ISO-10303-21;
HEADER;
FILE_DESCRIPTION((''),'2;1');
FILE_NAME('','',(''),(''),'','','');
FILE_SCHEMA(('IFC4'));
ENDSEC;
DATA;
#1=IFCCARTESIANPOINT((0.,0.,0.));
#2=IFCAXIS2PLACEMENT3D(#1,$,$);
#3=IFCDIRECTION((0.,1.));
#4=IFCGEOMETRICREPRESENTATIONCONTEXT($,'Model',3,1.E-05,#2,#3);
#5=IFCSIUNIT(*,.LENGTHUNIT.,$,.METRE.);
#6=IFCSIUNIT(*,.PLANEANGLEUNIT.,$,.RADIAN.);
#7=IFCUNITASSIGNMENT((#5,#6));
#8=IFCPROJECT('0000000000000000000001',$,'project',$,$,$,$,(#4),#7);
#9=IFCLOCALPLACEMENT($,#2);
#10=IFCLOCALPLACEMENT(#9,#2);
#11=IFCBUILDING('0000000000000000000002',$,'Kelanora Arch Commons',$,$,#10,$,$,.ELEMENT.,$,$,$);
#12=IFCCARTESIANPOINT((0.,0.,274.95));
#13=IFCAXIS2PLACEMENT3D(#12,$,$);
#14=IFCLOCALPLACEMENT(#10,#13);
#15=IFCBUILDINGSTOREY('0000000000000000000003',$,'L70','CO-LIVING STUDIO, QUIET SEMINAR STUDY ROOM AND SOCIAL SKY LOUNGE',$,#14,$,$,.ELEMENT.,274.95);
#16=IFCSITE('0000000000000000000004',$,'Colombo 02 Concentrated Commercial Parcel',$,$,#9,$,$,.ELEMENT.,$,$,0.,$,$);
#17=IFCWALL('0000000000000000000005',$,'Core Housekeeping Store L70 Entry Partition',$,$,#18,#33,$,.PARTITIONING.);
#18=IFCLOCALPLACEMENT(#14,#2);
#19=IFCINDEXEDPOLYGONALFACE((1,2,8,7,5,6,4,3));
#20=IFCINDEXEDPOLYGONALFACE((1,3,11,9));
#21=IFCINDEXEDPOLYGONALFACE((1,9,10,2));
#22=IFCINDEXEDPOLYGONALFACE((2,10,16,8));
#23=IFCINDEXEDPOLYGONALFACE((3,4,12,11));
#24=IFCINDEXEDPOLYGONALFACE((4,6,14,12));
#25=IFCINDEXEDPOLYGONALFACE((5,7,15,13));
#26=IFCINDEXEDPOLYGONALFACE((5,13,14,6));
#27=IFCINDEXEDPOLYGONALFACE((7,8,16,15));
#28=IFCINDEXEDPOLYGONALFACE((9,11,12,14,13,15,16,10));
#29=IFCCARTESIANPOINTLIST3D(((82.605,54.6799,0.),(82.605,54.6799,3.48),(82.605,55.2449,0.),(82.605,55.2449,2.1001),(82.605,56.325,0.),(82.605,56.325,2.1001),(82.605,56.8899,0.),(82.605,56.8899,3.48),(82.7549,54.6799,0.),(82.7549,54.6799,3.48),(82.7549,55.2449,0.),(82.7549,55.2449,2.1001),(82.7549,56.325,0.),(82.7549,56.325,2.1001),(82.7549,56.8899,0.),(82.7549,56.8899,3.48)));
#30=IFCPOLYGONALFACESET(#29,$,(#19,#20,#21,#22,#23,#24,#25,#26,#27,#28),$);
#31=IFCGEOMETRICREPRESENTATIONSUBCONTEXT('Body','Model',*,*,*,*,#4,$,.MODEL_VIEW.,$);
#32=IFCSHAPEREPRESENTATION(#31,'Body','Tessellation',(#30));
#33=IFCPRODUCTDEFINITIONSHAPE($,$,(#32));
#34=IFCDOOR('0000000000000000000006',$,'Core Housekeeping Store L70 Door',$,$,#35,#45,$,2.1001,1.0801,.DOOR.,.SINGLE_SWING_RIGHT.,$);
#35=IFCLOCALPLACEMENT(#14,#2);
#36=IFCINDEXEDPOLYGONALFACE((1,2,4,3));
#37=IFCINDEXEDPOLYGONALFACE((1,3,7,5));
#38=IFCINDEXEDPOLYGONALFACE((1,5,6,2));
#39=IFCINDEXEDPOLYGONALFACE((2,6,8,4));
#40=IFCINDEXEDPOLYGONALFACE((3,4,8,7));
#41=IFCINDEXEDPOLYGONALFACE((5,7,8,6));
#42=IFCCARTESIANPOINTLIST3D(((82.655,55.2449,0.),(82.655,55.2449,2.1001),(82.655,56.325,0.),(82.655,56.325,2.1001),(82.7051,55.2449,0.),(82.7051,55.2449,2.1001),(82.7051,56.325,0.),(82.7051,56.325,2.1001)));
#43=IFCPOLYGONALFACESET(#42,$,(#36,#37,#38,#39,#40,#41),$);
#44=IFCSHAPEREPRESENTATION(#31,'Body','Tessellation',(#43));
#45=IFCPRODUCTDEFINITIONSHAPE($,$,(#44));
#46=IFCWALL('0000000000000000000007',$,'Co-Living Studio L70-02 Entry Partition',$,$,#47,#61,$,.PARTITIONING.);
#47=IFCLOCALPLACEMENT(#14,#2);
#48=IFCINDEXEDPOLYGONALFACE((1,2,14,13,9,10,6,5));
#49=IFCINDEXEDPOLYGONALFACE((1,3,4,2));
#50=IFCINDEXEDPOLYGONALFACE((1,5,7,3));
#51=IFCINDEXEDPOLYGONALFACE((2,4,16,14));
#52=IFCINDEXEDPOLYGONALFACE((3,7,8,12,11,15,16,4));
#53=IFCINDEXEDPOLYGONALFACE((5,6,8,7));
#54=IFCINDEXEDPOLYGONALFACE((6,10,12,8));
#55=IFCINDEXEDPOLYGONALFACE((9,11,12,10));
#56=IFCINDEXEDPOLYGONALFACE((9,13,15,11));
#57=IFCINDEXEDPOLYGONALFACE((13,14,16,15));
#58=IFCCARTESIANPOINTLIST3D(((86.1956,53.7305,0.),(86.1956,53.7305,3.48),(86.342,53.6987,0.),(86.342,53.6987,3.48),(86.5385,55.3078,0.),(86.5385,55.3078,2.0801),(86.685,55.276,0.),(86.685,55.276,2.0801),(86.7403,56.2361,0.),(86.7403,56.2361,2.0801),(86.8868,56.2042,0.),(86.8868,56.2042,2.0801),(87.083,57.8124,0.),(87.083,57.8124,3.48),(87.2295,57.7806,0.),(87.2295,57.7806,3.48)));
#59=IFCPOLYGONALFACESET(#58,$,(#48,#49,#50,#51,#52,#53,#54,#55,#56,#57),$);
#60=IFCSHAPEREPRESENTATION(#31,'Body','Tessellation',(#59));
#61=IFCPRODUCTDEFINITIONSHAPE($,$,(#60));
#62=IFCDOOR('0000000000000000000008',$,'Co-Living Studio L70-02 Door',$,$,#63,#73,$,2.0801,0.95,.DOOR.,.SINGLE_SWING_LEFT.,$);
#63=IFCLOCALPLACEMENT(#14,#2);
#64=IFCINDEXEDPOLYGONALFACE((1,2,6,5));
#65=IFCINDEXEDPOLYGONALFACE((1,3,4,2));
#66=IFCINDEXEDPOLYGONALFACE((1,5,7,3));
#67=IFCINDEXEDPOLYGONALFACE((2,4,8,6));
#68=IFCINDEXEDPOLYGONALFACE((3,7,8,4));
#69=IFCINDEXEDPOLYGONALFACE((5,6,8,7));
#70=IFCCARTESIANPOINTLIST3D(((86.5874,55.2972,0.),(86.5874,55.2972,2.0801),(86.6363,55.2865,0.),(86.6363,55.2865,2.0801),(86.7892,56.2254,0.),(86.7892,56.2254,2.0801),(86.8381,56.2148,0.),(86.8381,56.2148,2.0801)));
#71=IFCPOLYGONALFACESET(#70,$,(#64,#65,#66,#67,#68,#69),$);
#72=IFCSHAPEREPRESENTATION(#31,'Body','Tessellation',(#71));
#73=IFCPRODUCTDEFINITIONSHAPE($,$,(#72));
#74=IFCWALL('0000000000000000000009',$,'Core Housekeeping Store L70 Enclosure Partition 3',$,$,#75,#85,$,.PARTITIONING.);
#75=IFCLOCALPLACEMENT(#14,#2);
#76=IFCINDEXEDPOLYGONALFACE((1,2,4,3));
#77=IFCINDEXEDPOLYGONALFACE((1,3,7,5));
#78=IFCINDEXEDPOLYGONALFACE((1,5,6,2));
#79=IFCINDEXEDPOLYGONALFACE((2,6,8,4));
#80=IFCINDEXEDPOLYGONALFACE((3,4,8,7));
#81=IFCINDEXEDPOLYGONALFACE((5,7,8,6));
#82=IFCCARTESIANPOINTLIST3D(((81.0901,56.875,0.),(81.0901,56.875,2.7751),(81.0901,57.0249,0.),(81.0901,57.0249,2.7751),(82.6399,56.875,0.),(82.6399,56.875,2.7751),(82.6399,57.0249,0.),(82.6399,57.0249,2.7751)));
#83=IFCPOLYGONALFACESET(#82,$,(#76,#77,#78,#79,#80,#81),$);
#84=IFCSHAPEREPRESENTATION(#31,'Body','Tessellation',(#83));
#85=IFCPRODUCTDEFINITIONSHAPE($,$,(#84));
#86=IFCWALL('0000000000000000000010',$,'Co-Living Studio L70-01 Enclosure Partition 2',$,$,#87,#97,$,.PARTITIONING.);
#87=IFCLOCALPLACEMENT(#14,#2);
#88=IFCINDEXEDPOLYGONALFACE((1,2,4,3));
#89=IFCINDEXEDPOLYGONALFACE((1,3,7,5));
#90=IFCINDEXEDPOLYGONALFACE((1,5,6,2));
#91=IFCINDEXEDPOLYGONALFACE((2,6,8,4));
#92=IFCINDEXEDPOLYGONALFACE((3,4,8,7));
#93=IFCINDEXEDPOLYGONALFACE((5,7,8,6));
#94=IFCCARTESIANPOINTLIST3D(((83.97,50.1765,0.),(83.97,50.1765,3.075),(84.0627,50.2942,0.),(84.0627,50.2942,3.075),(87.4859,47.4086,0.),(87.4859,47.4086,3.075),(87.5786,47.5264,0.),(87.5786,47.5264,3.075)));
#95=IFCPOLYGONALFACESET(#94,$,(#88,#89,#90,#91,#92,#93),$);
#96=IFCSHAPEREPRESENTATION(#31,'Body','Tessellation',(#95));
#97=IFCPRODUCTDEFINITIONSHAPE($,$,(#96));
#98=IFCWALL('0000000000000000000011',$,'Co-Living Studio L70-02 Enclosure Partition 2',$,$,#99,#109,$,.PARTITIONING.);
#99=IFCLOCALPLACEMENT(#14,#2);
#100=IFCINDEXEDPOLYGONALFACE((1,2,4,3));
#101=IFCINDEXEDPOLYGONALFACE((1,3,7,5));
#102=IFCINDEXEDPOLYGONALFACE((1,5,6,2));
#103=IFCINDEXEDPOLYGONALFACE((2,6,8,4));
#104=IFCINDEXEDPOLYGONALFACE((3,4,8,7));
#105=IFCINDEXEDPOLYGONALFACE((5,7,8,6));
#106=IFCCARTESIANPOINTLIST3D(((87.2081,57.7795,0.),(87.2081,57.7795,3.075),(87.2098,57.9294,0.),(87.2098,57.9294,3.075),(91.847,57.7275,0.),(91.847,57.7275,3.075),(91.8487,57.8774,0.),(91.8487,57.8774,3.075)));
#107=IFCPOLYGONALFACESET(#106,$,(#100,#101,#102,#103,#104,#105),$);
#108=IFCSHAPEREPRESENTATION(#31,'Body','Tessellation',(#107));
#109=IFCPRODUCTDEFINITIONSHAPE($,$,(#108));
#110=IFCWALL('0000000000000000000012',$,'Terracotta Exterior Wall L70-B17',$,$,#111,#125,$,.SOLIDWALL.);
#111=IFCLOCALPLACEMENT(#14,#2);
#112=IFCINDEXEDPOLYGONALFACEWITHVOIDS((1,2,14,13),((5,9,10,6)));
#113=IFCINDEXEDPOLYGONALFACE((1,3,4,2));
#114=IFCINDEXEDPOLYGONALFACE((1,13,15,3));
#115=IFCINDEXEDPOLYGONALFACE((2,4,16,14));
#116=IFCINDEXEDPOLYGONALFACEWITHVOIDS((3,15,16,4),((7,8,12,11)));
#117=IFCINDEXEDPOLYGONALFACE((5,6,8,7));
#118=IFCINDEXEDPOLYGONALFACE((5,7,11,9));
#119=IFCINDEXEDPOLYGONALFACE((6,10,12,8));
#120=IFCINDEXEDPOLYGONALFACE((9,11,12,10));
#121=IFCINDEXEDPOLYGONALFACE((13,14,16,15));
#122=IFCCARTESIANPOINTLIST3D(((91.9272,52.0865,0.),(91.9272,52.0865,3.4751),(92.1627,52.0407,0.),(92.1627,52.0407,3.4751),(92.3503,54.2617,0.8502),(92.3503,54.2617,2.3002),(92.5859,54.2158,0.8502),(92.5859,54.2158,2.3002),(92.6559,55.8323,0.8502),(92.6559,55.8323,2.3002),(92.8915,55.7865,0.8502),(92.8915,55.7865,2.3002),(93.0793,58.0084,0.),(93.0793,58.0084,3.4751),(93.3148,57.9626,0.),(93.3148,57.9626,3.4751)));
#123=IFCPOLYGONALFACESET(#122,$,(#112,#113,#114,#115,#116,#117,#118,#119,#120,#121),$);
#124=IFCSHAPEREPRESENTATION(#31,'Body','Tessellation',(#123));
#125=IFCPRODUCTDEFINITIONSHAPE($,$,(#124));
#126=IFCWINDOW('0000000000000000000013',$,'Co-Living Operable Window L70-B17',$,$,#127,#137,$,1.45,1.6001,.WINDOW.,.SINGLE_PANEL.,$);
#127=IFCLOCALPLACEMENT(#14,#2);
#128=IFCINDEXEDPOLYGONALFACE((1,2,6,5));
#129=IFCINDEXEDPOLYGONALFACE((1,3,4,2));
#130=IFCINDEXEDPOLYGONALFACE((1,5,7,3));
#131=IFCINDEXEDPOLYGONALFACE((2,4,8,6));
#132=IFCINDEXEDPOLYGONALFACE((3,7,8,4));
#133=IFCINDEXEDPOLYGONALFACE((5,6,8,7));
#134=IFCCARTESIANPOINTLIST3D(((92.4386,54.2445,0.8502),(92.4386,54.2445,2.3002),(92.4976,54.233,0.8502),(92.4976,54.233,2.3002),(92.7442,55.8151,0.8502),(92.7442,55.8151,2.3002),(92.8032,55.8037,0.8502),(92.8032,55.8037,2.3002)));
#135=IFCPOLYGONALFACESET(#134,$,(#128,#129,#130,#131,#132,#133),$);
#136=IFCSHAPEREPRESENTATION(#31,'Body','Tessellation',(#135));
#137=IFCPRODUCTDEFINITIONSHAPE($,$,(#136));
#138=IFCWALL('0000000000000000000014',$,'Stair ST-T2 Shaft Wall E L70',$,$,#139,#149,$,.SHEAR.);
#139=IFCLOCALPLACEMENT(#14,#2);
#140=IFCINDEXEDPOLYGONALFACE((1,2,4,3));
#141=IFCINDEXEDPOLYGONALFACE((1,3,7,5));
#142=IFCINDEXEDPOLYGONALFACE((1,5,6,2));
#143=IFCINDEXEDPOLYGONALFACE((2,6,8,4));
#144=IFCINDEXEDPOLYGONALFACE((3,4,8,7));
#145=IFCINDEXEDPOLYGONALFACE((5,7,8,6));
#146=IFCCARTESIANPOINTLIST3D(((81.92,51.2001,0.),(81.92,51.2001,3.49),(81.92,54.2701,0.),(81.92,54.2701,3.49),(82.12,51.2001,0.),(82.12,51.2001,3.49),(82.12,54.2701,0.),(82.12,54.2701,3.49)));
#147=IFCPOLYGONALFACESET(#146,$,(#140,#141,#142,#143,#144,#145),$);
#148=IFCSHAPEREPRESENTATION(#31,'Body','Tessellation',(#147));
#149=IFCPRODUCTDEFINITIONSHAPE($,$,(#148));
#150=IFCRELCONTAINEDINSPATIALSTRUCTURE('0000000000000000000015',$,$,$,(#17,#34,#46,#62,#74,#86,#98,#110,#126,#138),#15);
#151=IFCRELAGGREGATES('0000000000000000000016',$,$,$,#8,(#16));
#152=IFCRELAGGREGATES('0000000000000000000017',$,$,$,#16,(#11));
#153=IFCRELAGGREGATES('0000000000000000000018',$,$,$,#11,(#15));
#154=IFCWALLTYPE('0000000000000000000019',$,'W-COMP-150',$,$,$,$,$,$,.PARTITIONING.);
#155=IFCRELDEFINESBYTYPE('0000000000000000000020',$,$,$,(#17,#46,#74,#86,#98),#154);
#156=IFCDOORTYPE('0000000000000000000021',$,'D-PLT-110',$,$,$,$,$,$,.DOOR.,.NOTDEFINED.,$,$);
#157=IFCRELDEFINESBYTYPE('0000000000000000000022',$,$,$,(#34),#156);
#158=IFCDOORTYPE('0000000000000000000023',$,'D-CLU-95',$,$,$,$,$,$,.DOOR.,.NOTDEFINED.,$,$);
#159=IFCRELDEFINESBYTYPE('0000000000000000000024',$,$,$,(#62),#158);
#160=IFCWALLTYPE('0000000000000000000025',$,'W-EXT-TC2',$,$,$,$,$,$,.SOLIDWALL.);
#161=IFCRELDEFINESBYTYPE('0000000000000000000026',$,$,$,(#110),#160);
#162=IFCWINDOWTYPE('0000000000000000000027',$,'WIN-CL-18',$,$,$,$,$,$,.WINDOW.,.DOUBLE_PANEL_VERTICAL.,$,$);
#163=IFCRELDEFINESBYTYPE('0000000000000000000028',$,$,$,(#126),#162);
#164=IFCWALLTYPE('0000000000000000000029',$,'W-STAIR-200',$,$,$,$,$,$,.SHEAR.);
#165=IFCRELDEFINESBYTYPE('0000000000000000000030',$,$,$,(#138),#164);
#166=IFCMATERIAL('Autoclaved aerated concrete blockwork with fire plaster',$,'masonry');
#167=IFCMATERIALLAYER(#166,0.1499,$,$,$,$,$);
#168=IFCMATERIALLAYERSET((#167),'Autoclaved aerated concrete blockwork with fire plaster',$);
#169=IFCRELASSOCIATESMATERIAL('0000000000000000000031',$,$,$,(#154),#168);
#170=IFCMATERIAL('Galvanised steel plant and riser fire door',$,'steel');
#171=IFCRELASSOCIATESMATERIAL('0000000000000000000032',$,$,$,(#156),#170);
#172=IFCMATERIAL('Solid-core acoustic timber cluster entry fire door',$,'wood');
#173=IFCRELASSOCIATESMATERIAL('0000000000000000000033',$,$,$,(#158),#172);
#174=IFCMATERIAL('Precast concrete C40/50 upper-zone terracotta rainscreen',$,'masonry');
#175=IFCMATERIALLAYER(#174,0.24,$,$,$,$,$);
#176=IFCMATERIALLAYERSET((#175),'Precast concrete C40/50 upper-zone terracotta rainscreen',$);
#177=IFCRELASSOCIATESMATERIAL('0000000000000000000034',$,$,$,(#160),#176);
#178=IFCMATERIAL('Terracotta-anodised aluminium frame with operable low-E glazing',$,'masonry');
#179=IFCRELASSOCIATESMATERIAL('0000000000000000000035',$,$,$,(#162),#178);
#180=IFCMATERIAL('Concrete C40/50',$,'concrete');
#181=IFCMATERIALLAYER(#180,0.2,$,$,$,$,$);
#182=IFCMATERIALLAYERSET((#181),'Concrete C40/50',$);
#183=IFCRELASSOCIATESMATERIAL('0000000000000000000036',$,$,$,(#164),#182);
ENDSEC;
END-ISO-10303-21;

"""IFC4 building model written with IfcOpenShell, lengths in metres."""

from ifc_helpers import new_model, si_unit, direction, frame, frame_2d, origin, place, context, subcontext, project, spatial, rectangle, extrude, material, layer, layer_set, type_object, element, fill, save


model = new_model("IFC4")

# Units and contexts
model_context = context("Model", 3, precision=1e-05, world=origin(), true_north=direction((0.0, 1.0)))
body_context = subcontext(model_context, "Body", "Model", "MODEL_VIEW")
ifc_project = project(units=[si_unit("LENGTHUNIT", "METRE"), si_unit("PLANEANGLEUNIT", "RADIAN")], contexts=[model_context])

# Site, building, storey
site_placement = place(None, origin())
site = spatial("IfcSite", under=ifc_project, at=site_placement, Name="Colombo 02 Concentrated Commercial Parcel", CompositionType="ELEMENT", RefElevation=0.0)
building_placement = place(site_placement, origin())
building = spatial("IfcBuilding", under=site, at=building_placement, Name="Kelanora Arch Commons", CompositionType="ELEMENT")
storey_placement = place(building_placement, frame((0.0, 0.0, 274.95)))
storey = spatial("IfcBuildingStorey", under=building, at=storey_placement, Name="L70", Description="CO-LIVING STUDIO, QUIET SEMINAR STUDY ROOM AND SOCIAL SKY LOUNGE", CompositionType="ELEMENT", Elevation=274.95)

# Walls, openings, doors
ifc_material_1 = material(Name="Autoclaved aerated concrete blockwork with fire plaster", Category="masonry")
ifc_layer_1 = layer(ifc_material_1, 0.1499)
ifc_layer_set_1 = layer_set([ifc_layer_1], Name="Autoclaved aerated concrete blockwork with fire plaster")
wall_type_1 = type_object("IfcWallType", Name="W-COMP-150", PredefinedType="PARTITIONING", material=ifc_layer_set_1)
wall_1_placement = place(storey_placement, frame((82.6799, 54.6799, 0.0), z_axis=(0.0, 0.0, 1.0), x_axis=(0.0, 1.0, 0.0)))
wall_1 = element("IfcWall", 1, at=wall_1_placement, inside=storey, type_object=wall_type_1, Name="Core Housekeeping Store L70 Entry Partition", PredefinedType="PARTITIONING", context=body_context, shape_type="SweptSolid", body=[
    extrude(rectangle(XDim=2.21, YDim=0.1499, at=frame_2d((1.105, 0.0))), origin(), (0.0, 0.0, 1.0), 3.48),
])
opening_1_placement = place(wall_1_placement, frame((0.5649, 0.0, 0.0)))
opening_1 = element("IfcOpeningElement", 2, at=opening_1_placement, cuts=wall_1, PredefinedType="OPENING", context=body_context, shape_type="SweptSolid", body=[
    extrude(rectangle(XDim=1.0801, YDim=2.1001, at=frame_2d((0.54, 1.05))), frame((0.0, 0.085, 0.0), z_axis=(0.0, -1.0, 0.0), x_axis=(1.0, 0.0, 0.0)), (0.0, 0.0, 1.0), 0.1699),
])
ifc_material_2 = material(Name="Galvanised steel plant and riser fire door", Category="steel")
door_type_1 = type_object("IfcDoorType", Name="D-PLT-110", OperationType="NOTDEFINED", PredefinedType="DOOR", material=ifc_material_2)
door_1_placement = place(opening_1_placement, origin())
door_1 = element("IfcDoor", 3, at=door_1_placement, inside=storey, type_object=door_type_1, Name="Core Housekeeping Store L70 Door", OperationType="SINGLE_SWING_RIGHT", OverallHeight=2.1001, OverallWidth=1.0801, PredefinedType="DOOR", context=body_context, shape_type="SweptSolid", body=[
    extrude(rectangle(XDim=1.0801, YDim=2.1001, at=frame_2d((0.54, 1.05))), frame((0.0, 0.0249, 0.0), z_axis=(0.0, -1.0, 0.0), x_axis=(1.0, 0.0, 0.0)), (0.0, 0.0, 1.0), 0.05),
])
fill(opening_1, door_1)
wall_2_placement = place(storey_placement, frame((86.2688, 53.7146, 0.0), z_axis=(0.0, 0.0, 1.0), x_axis=(0.212454, 0.977171, 0.0)))
wall_2 = element("IfcWall", 4, at=wall_2_placement, inside=storey, type_object=wall_type_1, Name="Co-Living Studio L70-02 Entry Partition", PredefinedType="PARTITIONING", context=body_context, shape_type="SweptSolid", body=[
    extrude(rectangle(XDim=4.1772, YDim=0.1499, at=frame_2d((2.0886, 0.0))), origin(), (0.0, 0.0, 1.0), 3.48),
])
opening_2_placement = place(wall_2_placement, frame((1.614, 0.0, 0.0)))
opening_2 = element("IfcOpeningElement", 5, at=opening_2_placement, cuts=wall_2, PredefinedType="OPENING", context=body_context, shape_type="SweptSolid", body=[
    extrude(rectangle(XDim=0.95, YDim=2.0801, at=frame_2d((0.4751, 1.04))), frame((0.0, 0.085, 0.0), z_axis=(0.0, -1.0, 0.0), x_axis=(1.0, 0.0, 0.0)), (0.0, 0.0, 1.0), 0.1699),
])
ifc_material_3 = material(Name="Solid-core acoustic timber cluster entry fire door", Category="wood")
door_type_2 = type_object("IfcDoorType", Name="D-CLU-95", OperationType="NOTDEFINED", PredefinedType="DOOR", material=ifc_material_3)
door_2_placement = place(opening_2_placement, origin())
door_2 = element("IfcDoor", 6, at=door_2_placement, inside=storey, type_object=door_type_2, Name="Co-Living Studio L70-02 Door", OperationType="SINGLE_SWING_LEFT", OverallHeight=2.0801, OverallWidth=0.95, PredefinedType="DOOR", context=body_context, shape_type="SweptSolid", body=[
    extrude(rectangle(XDim=0.95, YDim=2.0801, at=frame_2d((0.4751, 1.04))), frame((0.0, 0.0249, 0.0), z_axis=(0.0, -1.0, 0.0), x_axis=(1.0, 0.0, 0.0)), (0.0, 0.0, 1.0), 0.05),
])
fill(opening_2, door_2)

# Walls
wall_3_placement = place(storey_placement, frame((82.6399, 56.95, 0.0), z_axis=(0.0, 0.0, 1.0), x_axis=(-1.0, 0.0, 0.0)))
element("IfcWall", 7, at=wall_3_placement, inside=storey, type_object=wall_type_1, Name="Core Housekeeping Store L70 Enclosure Partition 3", PredefinedType="PARTITIONING", context=body_context, shape_type="SweptSolid", body=[
    extrude(rectangle(XDim=1.5498, YDim=0.1499, at=frame_2d((0.7749, 0.0))), origin(), (0.0, 0.0, 1.0), 2.7751),
])
wall_4_placement = place(storey_placement, frame((84.0164, 50.2354, 0.0), z_axis=(0.0, 0.0, 1.0), x_axis=(0.785737, -0.618561, 0.0)))
element("IfcWall", 8, at=wall_4_placement, inside=storey, type_object=wall_type_1, Name="Co-Living Studio L70-01 Enclosure Partition 2", PredefinedType="PARTITIONING", context=body_context, shape_type="SweptSolid", body=[
    extrude(rectangle(XDim=4.4746, YDim=0.1499, at=frame_2d((2.2373, 0.0))), origin(), (0.0, 0.0, 1.0), 3.075),
])
wall_5_placement = place(storey_placement, frame((87.209, 57.8545, 0.0), z_axis=(0.0, 0.0, 1.0), x_axis=(0.999937, -0.011209, 0.0)))
element("IfcWall", 9, at=wall_5_placement, inside=storey, type_object=wall_type_1, Name="Co-Living Studio L70-02 Enclosure Partition 2", PredefinedType="PARTITIONING", context=body_context, shape_type="SweptSolid", body=[
    extrude(rectangle(XDim=4.6392, YDim=0.1499, at=frame_2d((2.3196, 0.0))), origin(), (0.0, 0.0, 1.0), 3.075),
])

# Wall, opening, window
ifc_material_4 = material(Name="Precast concrete C40/50 upper-zone terracotta rainscreen", Category="masonry")
ifc_layer_2 = layer(ifc_material_4, 0.24)
ifc_layer_set_2 = layer_set([ifc_layer_2], Name="Precast concrete C40/50 upper-zone terracotta rainscreen")
wall_type_2 = type_object("IfcWallType", Name="W-EXT-TC2", PredefinedType="SOLIDWALL", material=ifc_layer_set_2)
wall_6_placement = place(storey_placement, frame((92.0449, 52.0635, 0.0), z_axis=(0.0, 0.0, 1.0), x_axis=(0.190969, 0.981596, 0.0)))
wall_6 = element("IfcWall", 10, at=wall_6_placement, inside=storey, type_object=wall_type_2, Name="Terracotta Exterior Wall L70-B17", PredefinedType="SOLIDWALL", context=body_context, shape_type="SweptSolid", body=[
    extrude(rectangle(XDim=6.033, YDim=0.24, at=frame_2d((3.0166, 0.0))), origin(), (0.0, 0.0, 1.0), 3.4751),
])
opening_3_placement = place(wall_6_placement, frame((2.2161, 0.0, 0.8501)))
opening_3 = element("IfcOpeningElement", 11, at=opening_3_placement, cuts=wall_6, PredefinedType="OPENING", context=body_context, shape_type="SweptSolid", body=[
    extrude(rectangle(XDim=1.6001, YDim=1.45, at=frame_2d((0.8, 0.7251))), frame((0.0, 0.1299, 0.0), z_axis=(0.0, -1.0, 0.0), x_axis=(1.0, 0.0, 0.0)), (0.0, 0.0, 1.0), 0.26),
])
ifc_material_5 = material(Name="Terracotta-anodised aluminium frame with operable low-E glazing", Category="masonry")
window_type = type_object("IfcWindowType", Name="WIN-CL-18", PartitioningType="DOUBLE_PANEL_VERTICAL", PredefinedType="WINDOW", material=ifc_material_5)
window_placement = place(opening_3_placement, origin())
window = element("IfcWindow", 12, at=window_placement, inside=storey, type_object=window_type, Name="Co-Living Operable Window L70-B17", OverallHeight=1.45, OverallWidth=1.6001, PartitioningType="SINGLE_PANEL", PredefinedType="WINDOW", context=body_context, shape_type="SweptSolid", body=[
    extrude(rectangle(XDim=1.6001, YDim=1.45, at=frame_2d((0.8, 0.7251))), frame((0.0, 0.03, 0.0), z_axis=(0.0, -1.0, 0.0), x_axis=(1.0, 0.0, 0.0)), (0.0, 0.0, 1.0), 0.0601),
])
fill(opening_3, window)

# Wall
ifc_material_6 = material(Name="Concrete C40/50", Category="concrete")
ifc_layer_3 = layer(ifc_material_6, 0.2)
ifc_layer_set_3 = layer_set([ifc_layer_3], Name="Concrete C40/50")
wall_type_3 = type_object("IfcWallType", Name="W-STAIR-200", PredefinedType="SHEAR", material=ifc_layer_set_3)
wall_7_placement = place(storey_placement, frame((82.02, 51.2, 0.0), z_axis=(0.0, 0.0, 1.0), x_axis=(0.0, 1.0, 0.0)))
element("IfcWall", 13, at=wall_7_placement, inside=storey, type_object=wall_type_3, Name="Stair ST-T2 Shaft Wall E L70", PredefinedType="SHEAR", context=body_context, shape_type="SweptSolid", body=[
    extrude(rectangle(XDim=3.0701, YDim=0.2, at=frame_2d((1.5352, 0.0))), origin(), (0.0, 0.0, 1.0), 3.49),
])

save(model, "model.ifc")
